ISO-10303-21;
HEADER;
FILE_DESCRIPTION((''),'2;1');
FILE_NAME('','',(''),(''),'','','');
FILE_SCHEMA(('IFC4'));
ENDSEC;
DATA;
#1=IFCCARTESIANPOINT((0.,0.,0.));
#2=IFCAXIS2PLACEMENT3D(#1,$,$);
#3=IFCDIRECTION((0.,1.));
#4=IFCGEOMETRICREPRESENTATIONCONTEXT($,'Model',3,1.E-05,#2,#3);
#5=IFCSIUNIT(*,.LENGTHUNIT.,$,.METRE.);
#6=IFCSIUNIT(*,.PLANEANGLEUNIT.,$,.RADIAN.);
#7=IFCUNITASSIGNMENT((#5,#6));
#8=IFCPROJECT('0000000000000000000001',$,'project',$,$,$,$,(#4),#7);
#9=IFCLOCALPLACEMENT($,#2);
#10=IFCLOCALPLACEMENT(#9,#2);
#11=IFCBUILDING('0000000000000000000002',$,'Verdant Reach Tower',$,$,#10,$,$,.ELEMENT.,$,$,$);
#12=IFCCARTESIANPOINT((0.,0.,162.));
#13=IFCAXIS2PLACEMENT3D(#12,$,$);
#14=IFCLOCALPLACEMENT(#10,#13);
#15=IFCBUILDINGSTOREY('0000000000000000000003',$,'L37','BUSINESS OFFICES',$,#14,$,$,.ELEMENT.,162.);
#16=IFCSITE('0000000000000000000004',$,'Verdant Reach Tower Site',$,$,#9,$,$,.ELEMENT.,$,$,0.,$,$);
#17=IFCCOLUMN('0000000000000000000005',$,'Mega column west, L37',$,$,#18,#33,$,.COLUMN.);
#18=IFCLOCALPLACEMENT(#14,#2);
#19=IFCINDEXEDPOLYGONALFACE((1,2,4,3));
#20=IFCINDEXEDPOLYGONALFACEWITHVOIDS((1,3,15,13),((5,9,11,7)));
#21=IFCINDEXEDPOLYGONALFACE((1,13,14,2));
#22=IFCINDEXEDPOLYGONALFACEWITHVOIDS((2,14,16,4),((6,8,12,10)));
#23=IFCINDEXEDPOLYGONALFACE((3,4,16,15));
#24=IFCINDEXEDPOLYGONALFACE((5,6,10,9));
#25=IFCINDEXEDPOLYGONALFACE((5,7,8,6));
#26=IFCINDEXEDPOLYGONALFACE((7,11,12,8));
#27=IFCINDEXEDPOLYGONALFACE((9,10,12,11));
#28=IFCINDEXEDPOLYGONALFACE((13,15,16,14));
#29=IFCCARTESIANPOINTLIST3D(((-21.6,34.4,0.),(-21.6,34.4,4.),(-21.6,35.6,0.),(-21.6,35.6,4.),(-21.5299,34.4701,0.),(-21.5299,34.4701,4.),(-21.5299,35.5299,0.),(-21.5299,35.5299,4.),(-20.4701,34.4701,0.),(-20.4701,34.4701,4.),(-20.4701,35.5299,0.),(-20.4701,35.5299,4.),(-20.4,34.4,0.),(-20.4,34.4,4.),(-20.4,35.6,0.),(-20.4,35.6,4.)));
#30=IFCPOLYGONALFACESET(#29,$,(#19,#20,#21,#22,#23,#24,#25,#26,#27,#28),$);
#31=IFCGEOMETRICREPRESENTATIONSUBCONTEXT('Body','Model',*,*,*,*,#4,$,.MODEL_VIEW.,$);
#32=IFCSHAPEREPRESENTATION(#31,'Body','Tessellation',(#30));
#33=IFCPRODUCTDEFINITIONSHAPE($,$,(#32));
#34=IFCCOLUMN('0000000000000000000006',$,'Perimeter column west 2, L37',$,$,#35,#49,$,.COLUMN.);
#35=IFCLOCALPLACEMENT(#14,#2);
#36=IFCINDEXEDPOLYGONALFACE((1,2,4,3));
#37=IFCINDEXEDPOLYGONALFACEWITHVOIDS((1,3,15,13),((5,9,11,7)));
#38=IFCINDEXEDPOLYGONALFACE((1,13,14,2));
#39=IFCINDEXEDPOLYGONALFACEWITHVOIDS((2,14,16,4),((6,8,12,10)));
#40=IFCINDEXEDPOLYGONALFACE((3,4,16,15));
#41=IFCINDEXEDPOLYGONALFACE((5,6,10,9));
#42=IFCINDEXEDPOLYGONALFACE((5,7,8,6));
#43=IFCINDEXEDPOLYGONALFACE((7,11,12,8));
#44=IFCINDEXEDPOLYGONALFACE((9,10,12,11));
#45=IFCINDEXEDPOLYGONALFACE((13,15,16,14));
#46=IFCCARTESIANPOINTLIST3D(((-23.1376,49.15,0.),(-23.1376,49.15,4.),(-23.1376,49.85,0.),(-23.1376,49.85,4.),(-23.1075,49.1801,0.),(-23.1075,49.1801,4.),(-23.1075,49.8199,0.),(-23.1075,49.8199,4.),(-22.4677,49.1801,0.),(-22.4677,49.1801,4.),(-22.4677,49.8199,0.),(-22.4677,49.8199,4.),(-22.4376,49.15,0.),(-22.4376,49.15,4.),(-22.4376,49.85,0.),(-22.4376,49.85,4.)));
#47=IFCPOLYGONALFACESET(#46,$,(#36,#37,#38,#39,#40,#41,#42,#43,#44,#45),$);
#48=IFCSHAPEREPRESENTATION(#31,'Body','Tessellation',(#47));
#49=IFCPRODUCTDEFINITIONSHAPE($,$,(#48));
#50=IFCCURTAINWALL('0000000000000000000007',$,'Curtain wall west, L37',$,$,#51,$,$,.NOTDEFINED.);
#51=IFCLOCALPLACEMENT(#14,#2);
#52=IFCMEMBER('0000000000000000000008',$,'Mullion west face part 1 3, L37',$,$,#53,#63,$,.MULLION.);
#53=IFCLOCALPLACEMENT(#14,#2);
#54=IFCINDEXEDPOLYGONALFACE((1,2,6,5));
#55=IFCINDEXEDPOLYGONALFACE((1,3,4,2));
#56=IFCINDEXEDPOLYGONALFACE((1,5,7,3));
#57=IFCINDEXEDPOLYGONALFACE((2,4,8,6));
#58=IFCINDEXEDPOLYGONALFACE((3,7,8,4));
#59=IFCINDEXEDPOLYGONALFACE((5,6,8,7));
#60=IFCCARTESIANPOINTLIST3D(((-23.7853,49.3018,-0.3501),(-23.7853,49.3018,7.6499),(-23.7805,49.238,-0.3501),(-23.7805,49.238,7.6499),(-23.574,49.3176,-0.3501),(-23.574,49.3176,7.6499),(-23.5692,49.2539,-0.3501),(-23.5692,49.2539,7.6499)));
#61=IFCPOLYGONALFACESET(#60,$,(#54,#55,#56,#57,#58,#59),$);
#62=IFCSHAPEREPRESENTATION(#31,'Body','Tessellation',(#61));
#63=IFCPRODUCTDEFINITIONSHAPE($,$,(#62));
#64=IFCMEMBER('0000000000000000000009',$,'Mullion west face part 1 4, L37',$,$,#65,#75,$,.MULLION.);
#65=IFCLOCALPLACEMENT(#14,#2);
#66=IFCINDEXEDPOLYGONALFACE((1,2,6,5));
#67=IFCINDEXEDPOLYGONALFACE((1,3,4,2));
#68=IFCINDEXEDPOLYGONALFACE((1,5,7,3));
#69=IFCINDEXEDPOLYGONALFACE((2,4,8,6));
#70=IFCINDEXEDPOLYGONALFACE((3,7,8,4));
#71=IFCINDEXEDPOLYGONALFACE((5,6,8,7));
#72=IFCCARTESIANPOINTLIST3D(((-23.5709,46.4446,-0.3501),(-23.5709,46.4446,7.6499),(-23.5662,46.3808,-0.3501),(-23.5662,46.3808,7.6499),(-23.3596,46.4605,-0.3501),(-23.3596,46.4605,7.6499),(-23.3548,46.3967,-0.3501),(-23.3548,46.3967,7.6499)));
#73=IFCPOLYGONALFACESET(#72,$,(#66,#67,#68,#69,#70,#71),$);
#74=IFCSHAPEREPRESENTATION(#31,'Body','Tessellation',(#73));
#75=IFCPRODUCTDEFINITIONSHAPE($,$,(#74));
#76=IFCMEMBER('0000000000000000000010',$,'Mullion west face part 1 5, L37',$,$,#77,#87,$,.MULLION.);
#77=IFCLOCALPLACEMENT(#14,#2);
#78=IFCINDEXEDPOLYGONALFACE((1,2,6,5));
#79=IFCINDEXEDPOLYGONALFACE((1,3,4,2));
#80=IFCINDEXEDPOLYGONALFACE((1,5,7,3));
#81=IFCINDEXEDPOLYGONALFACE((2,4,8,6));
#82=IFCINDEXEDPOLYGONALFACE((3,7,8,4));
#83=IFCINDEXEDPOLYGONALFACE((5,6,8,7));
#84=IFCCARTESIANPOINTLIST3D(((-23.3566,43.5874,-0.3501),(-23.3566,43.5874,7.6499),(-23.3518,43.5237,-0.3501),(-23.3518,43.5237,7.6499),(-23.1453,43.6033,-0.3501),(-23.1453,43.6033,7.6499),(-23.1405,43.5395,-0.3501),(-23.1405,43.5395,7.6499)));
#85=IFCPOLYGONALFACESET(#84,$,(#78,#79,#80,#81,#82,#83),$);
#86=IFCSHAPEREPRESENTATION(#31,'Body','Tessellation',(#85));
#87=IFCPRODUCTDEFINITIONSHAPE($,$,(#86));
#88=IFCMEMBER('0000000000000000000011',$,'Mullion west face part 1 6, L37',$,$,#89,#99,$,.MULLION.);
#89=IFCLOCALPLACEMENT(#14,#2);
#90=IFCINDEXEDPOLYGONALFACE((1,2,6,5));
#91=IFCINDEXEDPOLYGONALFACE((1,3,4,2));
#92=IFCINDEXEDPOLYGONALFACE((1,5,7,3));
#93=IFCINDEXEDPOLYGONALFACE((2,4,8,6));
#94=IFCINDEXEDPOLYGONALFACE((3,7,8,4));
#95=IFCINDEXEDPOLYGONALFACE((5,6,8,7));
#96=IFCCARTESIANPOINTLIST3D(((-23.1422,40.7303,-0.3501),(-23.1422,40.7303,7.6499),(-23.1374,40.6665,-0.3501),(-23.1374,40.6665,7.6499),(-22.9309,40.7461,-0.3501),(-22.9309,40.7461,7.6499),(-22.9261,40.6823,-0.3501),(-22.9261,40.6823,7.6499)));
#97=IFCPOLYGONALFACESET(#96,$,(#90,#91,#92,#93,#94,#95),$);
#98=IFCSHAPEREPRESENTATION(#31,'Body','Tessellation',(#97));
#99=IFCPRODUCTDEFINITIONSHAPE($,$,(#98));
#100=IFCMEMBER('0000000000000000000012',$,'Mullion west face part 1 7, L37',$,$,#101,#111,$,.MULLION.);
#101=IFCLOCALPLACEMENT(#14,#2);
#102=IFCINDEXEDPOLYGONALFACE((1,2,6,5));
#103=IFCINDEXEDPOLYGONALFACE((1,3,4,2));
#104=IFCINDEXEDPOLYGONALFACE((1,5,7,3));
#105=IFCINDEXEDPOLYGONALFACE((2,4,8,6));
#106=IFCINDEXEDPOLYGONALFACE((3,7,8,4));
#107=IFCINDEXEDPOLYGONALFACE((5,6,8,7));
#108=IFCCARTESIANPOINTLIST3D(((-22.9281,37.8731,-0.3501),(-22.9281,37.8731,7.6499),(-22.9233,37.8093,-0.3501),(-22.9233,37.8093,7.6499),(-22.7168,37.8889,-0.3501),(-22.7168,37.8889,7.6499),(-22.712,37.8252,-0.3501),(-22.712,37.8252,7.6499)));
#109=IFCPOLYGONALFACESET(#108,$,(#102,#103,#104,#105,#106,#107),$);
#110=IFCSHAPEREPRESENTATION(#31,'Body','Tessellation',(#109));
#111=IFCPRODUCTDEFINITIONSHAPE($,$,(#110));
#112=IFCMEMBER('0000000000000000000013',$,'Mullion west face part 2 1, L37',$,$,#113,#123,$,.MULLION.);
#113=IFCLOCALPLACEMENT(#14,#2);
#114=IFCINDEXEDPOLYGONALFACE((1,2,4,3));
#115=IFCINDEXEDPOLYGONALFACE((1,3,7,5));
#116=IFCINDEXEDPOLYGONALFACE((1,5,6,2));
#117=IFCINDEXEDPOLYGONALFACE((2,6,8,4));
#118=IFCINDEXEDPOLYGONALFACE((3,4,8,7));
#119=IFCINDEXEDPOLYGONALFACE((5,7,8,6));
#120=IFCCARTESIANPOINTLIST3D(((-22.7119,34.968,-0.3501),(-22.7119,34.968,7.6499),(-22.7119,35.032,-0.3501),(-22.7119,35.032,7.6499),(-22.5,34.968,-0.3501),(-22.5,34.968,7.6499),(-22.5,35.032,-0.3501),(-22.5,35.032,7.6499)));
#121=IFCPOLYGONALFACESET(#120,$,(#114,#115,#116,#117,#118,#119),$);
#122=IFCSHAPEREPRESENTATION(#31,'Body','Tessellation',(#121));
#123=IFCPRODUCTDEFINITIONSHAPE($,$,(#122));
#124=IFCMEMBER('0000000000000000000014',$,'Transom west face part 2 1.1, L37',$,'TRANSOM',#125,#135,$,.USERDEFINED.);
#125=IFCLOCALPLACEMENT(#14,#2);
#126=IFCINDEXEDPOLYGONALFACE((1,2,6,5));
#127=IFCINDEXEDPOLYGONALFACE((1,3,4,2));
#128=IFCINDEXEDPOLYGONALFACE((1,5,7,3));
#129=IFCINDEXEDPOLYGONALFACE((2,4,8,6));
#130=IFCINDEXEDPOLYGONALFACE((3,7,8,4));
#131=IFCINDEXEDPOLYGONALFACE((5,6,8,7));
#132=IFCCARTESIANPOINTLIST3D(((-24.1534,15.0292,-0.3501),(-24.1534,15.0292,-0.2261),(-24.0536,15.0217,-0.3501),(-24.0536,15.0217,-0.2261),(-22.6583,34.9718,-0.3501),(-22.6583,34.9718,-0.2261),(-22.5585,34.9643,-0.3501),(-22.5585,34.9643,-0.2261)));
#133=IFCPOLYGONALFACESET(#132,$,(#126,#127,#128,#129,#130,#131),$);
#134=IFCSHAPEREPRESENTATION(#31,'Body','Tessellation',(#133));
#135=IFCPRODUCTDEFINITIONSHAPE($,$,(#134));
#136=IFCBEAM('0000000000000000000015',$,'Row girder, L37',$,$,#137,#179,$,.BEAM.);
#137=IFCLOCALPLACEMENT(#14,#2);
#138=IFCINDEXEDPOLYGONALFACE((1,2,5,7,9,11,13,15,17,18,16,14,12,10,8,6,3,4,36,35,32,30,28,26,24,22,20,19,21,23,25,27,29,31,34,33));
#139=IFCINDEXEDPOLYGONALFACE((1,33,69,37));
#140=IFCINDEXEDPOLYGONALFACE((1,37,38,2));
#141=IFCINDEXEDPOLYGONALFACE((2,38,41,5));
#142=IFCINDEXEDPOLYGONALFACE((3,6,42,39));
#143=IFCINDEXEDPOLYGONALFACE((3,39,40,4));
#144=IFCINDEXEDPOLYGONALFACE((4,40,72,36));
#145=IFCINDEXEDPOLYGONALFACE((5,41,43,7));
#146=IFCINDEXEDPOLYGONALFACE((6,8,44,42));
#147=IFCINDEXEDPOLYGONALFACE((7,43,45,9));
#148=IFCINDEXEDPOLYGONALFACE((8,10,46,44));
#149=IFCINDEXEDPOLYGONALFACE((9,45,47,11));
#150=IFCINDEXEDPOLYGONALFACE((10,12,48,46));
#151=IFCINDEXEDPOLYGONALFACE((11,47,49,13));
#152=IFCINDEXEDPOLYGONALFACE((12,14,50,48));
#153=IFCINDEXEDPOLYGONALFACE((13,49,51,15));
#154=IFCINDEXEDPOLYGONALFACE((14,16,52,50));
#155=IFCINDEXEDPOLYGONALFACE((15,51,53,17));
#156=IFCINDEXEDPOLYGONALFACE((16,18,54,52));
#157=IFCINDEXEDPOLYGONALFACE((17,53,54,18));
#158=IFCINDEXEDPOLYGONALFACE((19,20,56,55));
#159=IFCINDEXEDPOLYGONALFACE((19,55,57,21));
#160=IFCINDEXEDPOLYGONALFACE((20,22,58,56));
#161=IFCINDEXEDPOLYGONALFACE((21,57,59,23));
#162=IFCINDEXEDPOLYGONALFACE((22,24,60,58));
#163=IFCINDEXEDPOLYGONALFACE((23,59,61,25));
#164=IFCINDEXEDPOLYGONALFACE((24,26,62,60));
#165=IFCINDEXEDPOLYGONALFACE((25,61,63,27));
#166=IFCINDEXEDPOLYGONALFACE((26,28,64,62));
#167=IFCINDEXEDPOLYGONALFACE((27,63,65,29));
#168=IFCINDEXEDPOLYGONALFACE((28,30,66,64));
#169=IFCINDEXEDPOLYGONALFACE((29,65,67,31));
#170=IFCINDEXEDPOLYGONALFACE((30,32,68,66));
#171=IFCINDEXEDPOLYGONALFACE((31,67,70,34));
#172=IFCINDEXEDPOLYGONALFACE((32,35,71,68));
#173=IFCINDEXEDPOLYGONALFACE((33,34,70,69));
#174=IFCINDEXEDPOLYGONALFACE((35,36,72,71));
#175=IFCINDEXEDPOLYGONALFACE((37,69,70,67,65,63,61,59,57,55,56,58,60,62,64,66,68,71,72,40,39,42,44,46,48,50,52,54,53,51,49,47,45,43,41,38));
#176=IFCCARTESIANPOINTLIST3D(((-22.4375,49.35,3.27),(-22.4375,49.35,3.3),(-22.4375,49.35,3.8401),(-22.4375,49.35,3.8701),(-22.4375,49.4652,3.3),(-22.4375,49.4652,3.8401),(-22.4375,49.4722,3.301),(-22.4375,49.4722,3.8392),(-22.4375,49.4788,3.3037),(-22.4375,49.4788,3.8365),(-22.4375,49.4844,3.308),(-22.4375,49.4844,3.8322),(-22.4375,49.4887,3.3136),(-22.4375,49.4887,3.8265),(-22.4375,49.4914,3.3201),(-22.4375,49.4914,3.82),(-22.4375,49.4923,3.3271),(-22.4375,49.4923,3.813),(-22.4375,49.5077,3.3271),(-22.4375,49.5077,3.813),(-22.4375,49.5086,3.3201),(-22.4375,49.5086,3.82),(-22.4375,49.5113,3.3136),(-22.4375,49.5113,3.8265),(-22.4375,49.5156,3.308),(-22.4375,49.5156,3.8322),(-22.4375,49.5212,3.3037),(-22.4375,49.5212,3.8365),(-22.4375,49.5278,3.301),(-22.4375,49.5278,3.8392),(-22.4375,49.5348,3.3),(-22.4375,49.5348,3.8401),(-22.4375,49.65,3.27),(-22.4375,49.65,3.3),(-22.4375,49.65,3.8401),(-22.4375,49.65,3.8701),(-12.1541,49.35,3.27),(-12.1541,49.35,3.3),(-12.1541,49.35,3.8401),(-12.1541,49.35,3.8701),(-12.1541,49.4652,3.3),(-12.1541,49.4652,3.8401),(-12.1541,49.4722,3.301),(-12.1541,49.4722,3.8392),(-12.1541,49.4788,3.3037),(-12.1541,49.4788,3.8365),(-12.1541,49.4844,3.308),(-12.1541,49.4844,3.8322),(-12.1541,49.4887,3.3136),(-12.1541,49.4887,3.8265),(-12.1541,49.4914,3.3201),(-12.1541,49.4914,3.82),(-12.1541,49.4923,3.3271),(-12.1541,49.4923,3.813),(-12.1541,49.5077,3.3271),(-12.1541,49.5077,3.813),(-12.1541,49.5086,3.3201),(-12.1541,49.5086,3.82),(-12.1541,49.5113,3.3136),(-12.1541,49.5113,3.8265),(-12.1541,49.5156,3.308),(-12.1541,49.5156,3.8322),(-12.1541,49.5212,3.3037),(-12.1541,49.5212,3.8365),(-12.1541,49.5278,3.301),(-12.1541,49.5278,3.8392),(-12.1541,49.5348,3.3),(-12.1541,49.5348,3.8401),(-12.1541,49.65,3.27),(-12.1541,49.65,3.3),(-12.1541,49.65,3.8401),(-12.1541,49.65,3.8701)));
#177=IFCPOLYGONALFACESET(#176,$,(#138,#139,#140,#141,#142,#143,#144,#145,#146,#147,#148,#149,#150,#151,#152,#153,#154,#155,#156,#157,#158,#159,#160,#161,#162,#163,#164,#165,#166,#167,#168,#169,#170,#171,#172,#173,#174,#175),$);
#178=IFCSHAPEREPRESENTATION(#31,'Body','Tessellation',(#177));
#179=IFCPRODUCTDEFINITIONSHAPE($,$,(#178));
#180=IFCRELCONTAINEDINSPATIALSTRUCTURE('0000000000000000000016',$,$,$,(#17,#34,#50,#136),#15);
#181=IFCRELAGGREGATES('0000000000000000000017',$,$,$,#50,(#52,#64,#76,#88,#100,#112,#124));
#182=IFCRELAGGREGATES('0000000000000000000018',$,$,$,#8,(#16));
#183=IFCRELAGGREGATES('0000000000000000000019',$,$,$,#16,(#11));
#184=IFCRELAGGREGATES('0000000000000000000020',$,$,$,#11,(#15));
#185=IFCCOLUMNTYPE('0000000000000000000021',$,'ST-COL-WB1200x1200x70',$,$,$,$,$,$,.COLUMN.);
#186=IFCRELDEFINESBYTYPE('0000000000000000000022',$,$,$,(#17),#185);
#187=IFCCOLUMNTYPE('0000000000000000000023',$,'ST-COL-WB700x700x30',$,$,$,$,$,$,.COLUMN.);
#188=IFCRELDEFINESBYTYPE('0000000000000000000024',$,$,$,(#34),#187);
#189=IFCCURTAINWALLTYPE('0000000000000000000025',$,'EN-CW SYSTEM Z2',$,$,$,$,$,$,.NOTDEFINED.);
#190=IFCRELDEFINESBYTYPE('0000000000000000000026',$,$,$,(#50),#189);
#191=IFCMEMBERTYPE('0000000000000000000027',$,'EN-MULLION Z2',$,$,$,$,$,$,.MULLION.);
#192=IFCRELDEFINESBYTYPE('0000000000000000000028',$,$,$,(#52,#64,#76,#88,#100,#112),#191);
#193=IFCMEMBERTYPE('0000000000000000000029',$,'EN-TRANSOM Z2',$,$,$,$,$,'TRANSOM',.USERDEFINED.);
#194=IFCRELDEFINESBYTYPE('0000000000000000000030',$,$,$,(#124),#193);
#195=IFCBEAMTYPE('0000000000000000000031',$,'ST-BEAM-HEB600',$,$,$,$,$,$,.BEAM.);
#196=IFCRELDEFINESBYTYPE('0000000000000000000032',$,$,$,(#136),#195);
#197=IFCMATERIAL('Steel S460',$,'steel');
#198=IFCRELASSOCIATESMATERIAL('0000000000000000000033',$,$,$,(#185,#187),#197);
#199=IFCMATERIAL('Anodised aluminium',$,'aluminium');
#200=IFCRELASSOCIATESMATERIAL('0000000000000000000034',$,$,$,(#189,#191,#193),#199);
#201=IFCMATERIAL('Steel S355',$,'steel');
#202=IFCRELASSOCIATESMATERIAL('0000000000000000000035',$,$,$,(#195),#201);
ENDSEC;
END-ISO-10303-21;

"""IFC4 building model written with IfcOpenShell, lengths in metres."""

from ifc_helpers import new_model, si_unit, direction, frame, origin, origin_2d, place, context, subcontext, project, spatial, rectangle, hollow_rectangle, i_section, extrude, material, material_profile, profile_set, type_object, element, aggregate, save


model = new_model("IFC4")

# Units and contexts
model_context = context("Model", 3, precision=1e-05, world=origin(), true_north=direction((0.0, 1.0)))
body_context = subcontext(model_context, "Body", "Model", "MODEL_VIEW")
ifc_project = project(units=[si_unit("LENGTHUNIT", "METRE"), si_unit("PLANEANGLEUNIT", "RADIAN")], contexts=[model_context])

# Site, building, storey
site_placement = place(None, origin())
site = spatial("IfcSite", under=ifc_project, at=site_placement, Name="Verdant Reach Tower Site", CompositionType="ELEMENT", RefElevation=0.0)
building_placement = place(site_placement, origin())
building = spatial("IfcBuilding", under=site, at=building_placement, Name="Verdant Reach Tower", CompositionType="ELEMENT")
storey_placement = place(building_placement, frame((0.0, 0.0, 162.0)))
storey = spatial("IfcBuildingStorey", under=building, at=storey_placement, Name="L37", Description="BUSINESS OFFICES", CompositionType="ELEMENT", Elevation=162.0)

# Columns
ifc_material_1 = material(Name="Steel S460", Category="steel")
ifc_material_profile_1 = material_profile(ifc_material_1, hollow_rectangle(XDim=1.2, YDim=1.2, WallThickness=0.0701, at=origin_2d()), Name="WB 1200x1200x70")
ifc_profile_set_1 = profile_set([ifc_material_profile_1], Name="Steel S460")
column_type_1 = type_object("IfcColumnType", Name="ST-COL-WB1200x1200x70", PredefinedType="COLUMN", material=ifc_profile_set_1)
column_1_placement = place(storey_placement, frame((-21.0, 35.0, 0.0), z_axis=(0.0, 0.0, 1.0), x_axis=(1.0, 0.0, 0.0)))
element("IfcColumn", 1, at=column_1_placement, inside=storey, type_object=column_type_1, Name="Mega column west, L37", PredefinedType="COLUMN", context=body_context, shape_type="SweptSolid", body=[
    extrude(hollow_rectangle(XDim=1.2, YDim=1.2, WallThickness=0.0701, at=origin_2d()), origin(), (0.0, 0.0, 1.0), 4.0),
])
ifc_material_profile_2 = material_profile(ifc_material_1, hollow_rectangle(XDim=0.7, YDim=0.7, WallThickness=0.03, at=origin_2d()), Name="WB 700x700x30")
ifc_profile_set_2 = profile_set([ifc_material_profile_2], Name="Steel S460")
column_type_2 = type_object("IfcColumnType", Name="ST-COL-WB700x700x30", PredefinedType="COLUMN", material=ifc_profile_set_2)
column_2_placement = place(storey_placement, frame((-22.7876, 49.5, 0.0), z_axis=(0.0, 0.0, 1.0), x_axis=(1.0, 0.0, 0.0)))
element("IfcColumn", 2, at=column_2_placement, inside=storey, type_object=column_type_2, Name="Perimeter column west 2, L37", PredefinedType="COLUMN", context=body_context, shape_type="SweptSolid", body=[
    extrude(hollow_rectangle(XDim=0.7, YDim=0.7, WallThickness=0.03, at=origin_2d()), origin(), (0.0, 0.0, 1.0), 4.0),
])

# Curtain wall, members
ifc_material_2 = material(Name="Anodised aluminium", Category="aluminium")
curtain_wall_type = type_object("IfcCurtainWallType", Name="EN-CW SYSTEM Z2", PredefinedType="NOTDEFINED", material=ifc_material_2)
curtain_wall_placement = place(storey_placement, origin())
curtain_wall = element("IfcCurtainWall", 3, at=curtain_wall_placement, inside=storey, type_object=curtain_wall_type, Name="Curtain wall west, L37", PredefinedType="NOTDEFINED")
ifc_material_profile_3 = material_profile(ifc_material_2, rectangle(XDim=0.2119, YDim=0.064, at=origin_2d()), Name="Mullion 64x212")
ifc_profile_set_3 = profile_set([ifc_material_profile_3], Name="Anodised aluminium")
member_type_1 = type_object("IfcMemberType", Name="EN-MULLION Z2", PredefinedType="MULLION", material=ifc_profile_set_3)
member_1_placement = place(storey_placement, frame((-23.6772, 49.2778, -0.3501), z_axis=(0.0, 0.0, 1.0), x_axis=(-0.997199, -0.07479, 0.0)))
member_1 = element("IfcMember", 4, at=member_1_placement, type_object=member_type_1, Name="Mullion west face part 1 3, L37", PredefinedType="MULLION", context=body_context, shape_type="SweptSolid", body=[
    extrude(rectangle(XDim=0.2119, YDim=0.064, at=origin_2d()), origin(), (0.0, 0.0, 1.0), 8.0),
])
member_2_placement = place(storey_placement, frame((-23.4629, 46.4207, -0.3501), z_axis=(0.0, 0.0, 1.0), x_axis=(-0.997199, -0.07479, 0.0)))
member_2 = element("IfcMember", 5, at=member_2_placement, type_object=member_type_1, Name="Mullion west face part 1 4, L37", PredefinedType="MULLION", context=body_context, shape_type="SweptSolid", body=[
    extrude(rectangle(XDim=0.2119, YDim=0.064, at=origin_2d()), origin(), (0.0, 0.0, 1.0), 8.0),
])
member_3_placement = place(storey_placement, frame((-23.2485, 43.5635, -0.3501), z_axis=(0.0, 0.0, 1.0), x_axis=(-0.997199, -0.07479, 0.0)))
member_3 = element("IfcMember", 6, at=member_3_placement, type_object=member_type_1, Name="Mullion west face part 1 5, L37", PredefinedType="MULLION", context=body_context, shape_type="SweptSolid", body=[
    extrude(rectangle(XDim=0.2119, YDim=0.064, at=origin_2d()), origin(), (0.0, 0.0, 1.0), 8.0),
])
member_4_placement = place(storey_placement, frame((-23.0342, 40.7063, -0.3501), z_axis=(0.0, 0.0, 1.0), x_axis=(-0.997199, -0.07479, 0.0)))
member_4 = element("IfcMember", 7, at=member_4_placement, type_object=member_type_1, Name="Mullion west face part 1 6, L37", PredefinedType="MULLION", context=body_context, shape_type="SweptSolid", body=[
    extrude(rectangle(XDim=0.2119, YDim=0.064, at=origin_2d()), origin(), (0.0, 0.0, 1.0), 8.0),
])
member_5_placement = place(storey_placement, frame((-22.8201, 37.8491, -0.3501), z_axis=(0.0, 0.0, 1.0), x_axis=(-0.997199, -0.07479, 0.0)))
member_5 = element("IfcMember", 8, at=member_5_placement, type_object=member_type_1, Name="Mullion west face part 1 7, L37", PredefinedType="MULLION", context=body_context, shape_type="SweptSolid", body=[
    extrude(rectangle(XDim=0.2119, YDim=0.064, at=origin_2d()), origin(), (0.0, 0.0, 1.0), 8.0),
])
member_6_placement = place(storey_placement, frame((-22.606, 35.0, -0.3501), z_axis=(0.0, 0.0, 1.0), x_axis=(-1.0, 0.0, 0.0)))
member_6 = element("IfcMember", 9, at=member_6_placement, type_object=member_type_1, Name="Mullion west face part 2 1, L37", PredefinedType="MULLION", context=body_context, shape_type="SweptSolid", body=[
    extrude(rectangle(XDim=0.2119, YDim=0.064, at=origin_2d()), origin(), (0.0, 0.0, 1.0), 8.0),
])
ifc_material_profile_4 = material_profile(ifc_material_2, rectangle(XDim=0.1001, YDim=0.124, at=origin_2d()), Name="Transom 124x100")
ifc_profile_set_4 = profile_set([ifc_material_profile_4], Name="Anodised aluminium")
member_type_2 = type_object("IfcMemberType", Name="EN-TRANSOM Z2", ElementType="TRANSOM", PredefinedType="USERDEFINED", material=ifc_profile_set_4)
member_7_placement = place(storey_placement, frame((-22.6084, 34.968, -0.2881), z_axis=(-0.074761, -0.997201, 0.0), x_axis=(0.997201, -0.074761, 0.0)))
member_7 = element("IfcMember", 10, at=member_7_placement, type_object=member_type_2, Name="Transom west face part 2 1.1, L37", ObjectType="TRANSOM", PredefinedType="USERDEFINED", context=body_context, shape_type="SweptSolid", body=[
    extrude(rectangle(XDim=0.1001, YDim=0.124, at=origin_2d()), origin(), (0.0, 0.0, 1.0), 19.9985),
])

# Beam
ifc_material_3 = material(Name="Steel S355", Category="steel")
ifc_material_profile_5 = material_profile(ifc_material_3, i_section(OverallWidth=0.3, OverallDepth=0.6001, WebThickness=0.0154, FlangeThickness=0.03, FilletRadius=0.0271, at=origin_2d()), Name="HEB 600")
ifc_profile_set_5 = profile_set([ifc_material_profile_5], Name="Steel S355")
beam_type_1 = type_object("IfcBeamType", Name="ST-BEAM-HEB600", PredefinedType="BEAM", material=ifc_profile_set_5)
beam_1_placement = place(storey_placement, frame((-22.4375, 49.5, 3.5701), z_axis=(1.0, 0.0, 0.0), x_axis=(0.0, 1.0, 0.0)))
element("IfcBeam", 11, at=beam_1_placement, inside=storey, type_object=beam_type_1, Name="Row girder, L37", PredefinedType="BEAM", context=body_context, shape_type="SweptSolid", body=[
    extrude(i_section(OverallWidth=0.3, OverallDepth=0.6001, WebThickness=0.0154, FlangeThickness=0.03, FilletRadius=0.0271, at=origin_2d()), origin(), (0.0, 0.0, 1.0), 10.2834),
])

aggregate(curtain_wall, [member_1, member_2, member_3, member_4, member_5, member_6, member_7])

save(model, "model.ifc")
